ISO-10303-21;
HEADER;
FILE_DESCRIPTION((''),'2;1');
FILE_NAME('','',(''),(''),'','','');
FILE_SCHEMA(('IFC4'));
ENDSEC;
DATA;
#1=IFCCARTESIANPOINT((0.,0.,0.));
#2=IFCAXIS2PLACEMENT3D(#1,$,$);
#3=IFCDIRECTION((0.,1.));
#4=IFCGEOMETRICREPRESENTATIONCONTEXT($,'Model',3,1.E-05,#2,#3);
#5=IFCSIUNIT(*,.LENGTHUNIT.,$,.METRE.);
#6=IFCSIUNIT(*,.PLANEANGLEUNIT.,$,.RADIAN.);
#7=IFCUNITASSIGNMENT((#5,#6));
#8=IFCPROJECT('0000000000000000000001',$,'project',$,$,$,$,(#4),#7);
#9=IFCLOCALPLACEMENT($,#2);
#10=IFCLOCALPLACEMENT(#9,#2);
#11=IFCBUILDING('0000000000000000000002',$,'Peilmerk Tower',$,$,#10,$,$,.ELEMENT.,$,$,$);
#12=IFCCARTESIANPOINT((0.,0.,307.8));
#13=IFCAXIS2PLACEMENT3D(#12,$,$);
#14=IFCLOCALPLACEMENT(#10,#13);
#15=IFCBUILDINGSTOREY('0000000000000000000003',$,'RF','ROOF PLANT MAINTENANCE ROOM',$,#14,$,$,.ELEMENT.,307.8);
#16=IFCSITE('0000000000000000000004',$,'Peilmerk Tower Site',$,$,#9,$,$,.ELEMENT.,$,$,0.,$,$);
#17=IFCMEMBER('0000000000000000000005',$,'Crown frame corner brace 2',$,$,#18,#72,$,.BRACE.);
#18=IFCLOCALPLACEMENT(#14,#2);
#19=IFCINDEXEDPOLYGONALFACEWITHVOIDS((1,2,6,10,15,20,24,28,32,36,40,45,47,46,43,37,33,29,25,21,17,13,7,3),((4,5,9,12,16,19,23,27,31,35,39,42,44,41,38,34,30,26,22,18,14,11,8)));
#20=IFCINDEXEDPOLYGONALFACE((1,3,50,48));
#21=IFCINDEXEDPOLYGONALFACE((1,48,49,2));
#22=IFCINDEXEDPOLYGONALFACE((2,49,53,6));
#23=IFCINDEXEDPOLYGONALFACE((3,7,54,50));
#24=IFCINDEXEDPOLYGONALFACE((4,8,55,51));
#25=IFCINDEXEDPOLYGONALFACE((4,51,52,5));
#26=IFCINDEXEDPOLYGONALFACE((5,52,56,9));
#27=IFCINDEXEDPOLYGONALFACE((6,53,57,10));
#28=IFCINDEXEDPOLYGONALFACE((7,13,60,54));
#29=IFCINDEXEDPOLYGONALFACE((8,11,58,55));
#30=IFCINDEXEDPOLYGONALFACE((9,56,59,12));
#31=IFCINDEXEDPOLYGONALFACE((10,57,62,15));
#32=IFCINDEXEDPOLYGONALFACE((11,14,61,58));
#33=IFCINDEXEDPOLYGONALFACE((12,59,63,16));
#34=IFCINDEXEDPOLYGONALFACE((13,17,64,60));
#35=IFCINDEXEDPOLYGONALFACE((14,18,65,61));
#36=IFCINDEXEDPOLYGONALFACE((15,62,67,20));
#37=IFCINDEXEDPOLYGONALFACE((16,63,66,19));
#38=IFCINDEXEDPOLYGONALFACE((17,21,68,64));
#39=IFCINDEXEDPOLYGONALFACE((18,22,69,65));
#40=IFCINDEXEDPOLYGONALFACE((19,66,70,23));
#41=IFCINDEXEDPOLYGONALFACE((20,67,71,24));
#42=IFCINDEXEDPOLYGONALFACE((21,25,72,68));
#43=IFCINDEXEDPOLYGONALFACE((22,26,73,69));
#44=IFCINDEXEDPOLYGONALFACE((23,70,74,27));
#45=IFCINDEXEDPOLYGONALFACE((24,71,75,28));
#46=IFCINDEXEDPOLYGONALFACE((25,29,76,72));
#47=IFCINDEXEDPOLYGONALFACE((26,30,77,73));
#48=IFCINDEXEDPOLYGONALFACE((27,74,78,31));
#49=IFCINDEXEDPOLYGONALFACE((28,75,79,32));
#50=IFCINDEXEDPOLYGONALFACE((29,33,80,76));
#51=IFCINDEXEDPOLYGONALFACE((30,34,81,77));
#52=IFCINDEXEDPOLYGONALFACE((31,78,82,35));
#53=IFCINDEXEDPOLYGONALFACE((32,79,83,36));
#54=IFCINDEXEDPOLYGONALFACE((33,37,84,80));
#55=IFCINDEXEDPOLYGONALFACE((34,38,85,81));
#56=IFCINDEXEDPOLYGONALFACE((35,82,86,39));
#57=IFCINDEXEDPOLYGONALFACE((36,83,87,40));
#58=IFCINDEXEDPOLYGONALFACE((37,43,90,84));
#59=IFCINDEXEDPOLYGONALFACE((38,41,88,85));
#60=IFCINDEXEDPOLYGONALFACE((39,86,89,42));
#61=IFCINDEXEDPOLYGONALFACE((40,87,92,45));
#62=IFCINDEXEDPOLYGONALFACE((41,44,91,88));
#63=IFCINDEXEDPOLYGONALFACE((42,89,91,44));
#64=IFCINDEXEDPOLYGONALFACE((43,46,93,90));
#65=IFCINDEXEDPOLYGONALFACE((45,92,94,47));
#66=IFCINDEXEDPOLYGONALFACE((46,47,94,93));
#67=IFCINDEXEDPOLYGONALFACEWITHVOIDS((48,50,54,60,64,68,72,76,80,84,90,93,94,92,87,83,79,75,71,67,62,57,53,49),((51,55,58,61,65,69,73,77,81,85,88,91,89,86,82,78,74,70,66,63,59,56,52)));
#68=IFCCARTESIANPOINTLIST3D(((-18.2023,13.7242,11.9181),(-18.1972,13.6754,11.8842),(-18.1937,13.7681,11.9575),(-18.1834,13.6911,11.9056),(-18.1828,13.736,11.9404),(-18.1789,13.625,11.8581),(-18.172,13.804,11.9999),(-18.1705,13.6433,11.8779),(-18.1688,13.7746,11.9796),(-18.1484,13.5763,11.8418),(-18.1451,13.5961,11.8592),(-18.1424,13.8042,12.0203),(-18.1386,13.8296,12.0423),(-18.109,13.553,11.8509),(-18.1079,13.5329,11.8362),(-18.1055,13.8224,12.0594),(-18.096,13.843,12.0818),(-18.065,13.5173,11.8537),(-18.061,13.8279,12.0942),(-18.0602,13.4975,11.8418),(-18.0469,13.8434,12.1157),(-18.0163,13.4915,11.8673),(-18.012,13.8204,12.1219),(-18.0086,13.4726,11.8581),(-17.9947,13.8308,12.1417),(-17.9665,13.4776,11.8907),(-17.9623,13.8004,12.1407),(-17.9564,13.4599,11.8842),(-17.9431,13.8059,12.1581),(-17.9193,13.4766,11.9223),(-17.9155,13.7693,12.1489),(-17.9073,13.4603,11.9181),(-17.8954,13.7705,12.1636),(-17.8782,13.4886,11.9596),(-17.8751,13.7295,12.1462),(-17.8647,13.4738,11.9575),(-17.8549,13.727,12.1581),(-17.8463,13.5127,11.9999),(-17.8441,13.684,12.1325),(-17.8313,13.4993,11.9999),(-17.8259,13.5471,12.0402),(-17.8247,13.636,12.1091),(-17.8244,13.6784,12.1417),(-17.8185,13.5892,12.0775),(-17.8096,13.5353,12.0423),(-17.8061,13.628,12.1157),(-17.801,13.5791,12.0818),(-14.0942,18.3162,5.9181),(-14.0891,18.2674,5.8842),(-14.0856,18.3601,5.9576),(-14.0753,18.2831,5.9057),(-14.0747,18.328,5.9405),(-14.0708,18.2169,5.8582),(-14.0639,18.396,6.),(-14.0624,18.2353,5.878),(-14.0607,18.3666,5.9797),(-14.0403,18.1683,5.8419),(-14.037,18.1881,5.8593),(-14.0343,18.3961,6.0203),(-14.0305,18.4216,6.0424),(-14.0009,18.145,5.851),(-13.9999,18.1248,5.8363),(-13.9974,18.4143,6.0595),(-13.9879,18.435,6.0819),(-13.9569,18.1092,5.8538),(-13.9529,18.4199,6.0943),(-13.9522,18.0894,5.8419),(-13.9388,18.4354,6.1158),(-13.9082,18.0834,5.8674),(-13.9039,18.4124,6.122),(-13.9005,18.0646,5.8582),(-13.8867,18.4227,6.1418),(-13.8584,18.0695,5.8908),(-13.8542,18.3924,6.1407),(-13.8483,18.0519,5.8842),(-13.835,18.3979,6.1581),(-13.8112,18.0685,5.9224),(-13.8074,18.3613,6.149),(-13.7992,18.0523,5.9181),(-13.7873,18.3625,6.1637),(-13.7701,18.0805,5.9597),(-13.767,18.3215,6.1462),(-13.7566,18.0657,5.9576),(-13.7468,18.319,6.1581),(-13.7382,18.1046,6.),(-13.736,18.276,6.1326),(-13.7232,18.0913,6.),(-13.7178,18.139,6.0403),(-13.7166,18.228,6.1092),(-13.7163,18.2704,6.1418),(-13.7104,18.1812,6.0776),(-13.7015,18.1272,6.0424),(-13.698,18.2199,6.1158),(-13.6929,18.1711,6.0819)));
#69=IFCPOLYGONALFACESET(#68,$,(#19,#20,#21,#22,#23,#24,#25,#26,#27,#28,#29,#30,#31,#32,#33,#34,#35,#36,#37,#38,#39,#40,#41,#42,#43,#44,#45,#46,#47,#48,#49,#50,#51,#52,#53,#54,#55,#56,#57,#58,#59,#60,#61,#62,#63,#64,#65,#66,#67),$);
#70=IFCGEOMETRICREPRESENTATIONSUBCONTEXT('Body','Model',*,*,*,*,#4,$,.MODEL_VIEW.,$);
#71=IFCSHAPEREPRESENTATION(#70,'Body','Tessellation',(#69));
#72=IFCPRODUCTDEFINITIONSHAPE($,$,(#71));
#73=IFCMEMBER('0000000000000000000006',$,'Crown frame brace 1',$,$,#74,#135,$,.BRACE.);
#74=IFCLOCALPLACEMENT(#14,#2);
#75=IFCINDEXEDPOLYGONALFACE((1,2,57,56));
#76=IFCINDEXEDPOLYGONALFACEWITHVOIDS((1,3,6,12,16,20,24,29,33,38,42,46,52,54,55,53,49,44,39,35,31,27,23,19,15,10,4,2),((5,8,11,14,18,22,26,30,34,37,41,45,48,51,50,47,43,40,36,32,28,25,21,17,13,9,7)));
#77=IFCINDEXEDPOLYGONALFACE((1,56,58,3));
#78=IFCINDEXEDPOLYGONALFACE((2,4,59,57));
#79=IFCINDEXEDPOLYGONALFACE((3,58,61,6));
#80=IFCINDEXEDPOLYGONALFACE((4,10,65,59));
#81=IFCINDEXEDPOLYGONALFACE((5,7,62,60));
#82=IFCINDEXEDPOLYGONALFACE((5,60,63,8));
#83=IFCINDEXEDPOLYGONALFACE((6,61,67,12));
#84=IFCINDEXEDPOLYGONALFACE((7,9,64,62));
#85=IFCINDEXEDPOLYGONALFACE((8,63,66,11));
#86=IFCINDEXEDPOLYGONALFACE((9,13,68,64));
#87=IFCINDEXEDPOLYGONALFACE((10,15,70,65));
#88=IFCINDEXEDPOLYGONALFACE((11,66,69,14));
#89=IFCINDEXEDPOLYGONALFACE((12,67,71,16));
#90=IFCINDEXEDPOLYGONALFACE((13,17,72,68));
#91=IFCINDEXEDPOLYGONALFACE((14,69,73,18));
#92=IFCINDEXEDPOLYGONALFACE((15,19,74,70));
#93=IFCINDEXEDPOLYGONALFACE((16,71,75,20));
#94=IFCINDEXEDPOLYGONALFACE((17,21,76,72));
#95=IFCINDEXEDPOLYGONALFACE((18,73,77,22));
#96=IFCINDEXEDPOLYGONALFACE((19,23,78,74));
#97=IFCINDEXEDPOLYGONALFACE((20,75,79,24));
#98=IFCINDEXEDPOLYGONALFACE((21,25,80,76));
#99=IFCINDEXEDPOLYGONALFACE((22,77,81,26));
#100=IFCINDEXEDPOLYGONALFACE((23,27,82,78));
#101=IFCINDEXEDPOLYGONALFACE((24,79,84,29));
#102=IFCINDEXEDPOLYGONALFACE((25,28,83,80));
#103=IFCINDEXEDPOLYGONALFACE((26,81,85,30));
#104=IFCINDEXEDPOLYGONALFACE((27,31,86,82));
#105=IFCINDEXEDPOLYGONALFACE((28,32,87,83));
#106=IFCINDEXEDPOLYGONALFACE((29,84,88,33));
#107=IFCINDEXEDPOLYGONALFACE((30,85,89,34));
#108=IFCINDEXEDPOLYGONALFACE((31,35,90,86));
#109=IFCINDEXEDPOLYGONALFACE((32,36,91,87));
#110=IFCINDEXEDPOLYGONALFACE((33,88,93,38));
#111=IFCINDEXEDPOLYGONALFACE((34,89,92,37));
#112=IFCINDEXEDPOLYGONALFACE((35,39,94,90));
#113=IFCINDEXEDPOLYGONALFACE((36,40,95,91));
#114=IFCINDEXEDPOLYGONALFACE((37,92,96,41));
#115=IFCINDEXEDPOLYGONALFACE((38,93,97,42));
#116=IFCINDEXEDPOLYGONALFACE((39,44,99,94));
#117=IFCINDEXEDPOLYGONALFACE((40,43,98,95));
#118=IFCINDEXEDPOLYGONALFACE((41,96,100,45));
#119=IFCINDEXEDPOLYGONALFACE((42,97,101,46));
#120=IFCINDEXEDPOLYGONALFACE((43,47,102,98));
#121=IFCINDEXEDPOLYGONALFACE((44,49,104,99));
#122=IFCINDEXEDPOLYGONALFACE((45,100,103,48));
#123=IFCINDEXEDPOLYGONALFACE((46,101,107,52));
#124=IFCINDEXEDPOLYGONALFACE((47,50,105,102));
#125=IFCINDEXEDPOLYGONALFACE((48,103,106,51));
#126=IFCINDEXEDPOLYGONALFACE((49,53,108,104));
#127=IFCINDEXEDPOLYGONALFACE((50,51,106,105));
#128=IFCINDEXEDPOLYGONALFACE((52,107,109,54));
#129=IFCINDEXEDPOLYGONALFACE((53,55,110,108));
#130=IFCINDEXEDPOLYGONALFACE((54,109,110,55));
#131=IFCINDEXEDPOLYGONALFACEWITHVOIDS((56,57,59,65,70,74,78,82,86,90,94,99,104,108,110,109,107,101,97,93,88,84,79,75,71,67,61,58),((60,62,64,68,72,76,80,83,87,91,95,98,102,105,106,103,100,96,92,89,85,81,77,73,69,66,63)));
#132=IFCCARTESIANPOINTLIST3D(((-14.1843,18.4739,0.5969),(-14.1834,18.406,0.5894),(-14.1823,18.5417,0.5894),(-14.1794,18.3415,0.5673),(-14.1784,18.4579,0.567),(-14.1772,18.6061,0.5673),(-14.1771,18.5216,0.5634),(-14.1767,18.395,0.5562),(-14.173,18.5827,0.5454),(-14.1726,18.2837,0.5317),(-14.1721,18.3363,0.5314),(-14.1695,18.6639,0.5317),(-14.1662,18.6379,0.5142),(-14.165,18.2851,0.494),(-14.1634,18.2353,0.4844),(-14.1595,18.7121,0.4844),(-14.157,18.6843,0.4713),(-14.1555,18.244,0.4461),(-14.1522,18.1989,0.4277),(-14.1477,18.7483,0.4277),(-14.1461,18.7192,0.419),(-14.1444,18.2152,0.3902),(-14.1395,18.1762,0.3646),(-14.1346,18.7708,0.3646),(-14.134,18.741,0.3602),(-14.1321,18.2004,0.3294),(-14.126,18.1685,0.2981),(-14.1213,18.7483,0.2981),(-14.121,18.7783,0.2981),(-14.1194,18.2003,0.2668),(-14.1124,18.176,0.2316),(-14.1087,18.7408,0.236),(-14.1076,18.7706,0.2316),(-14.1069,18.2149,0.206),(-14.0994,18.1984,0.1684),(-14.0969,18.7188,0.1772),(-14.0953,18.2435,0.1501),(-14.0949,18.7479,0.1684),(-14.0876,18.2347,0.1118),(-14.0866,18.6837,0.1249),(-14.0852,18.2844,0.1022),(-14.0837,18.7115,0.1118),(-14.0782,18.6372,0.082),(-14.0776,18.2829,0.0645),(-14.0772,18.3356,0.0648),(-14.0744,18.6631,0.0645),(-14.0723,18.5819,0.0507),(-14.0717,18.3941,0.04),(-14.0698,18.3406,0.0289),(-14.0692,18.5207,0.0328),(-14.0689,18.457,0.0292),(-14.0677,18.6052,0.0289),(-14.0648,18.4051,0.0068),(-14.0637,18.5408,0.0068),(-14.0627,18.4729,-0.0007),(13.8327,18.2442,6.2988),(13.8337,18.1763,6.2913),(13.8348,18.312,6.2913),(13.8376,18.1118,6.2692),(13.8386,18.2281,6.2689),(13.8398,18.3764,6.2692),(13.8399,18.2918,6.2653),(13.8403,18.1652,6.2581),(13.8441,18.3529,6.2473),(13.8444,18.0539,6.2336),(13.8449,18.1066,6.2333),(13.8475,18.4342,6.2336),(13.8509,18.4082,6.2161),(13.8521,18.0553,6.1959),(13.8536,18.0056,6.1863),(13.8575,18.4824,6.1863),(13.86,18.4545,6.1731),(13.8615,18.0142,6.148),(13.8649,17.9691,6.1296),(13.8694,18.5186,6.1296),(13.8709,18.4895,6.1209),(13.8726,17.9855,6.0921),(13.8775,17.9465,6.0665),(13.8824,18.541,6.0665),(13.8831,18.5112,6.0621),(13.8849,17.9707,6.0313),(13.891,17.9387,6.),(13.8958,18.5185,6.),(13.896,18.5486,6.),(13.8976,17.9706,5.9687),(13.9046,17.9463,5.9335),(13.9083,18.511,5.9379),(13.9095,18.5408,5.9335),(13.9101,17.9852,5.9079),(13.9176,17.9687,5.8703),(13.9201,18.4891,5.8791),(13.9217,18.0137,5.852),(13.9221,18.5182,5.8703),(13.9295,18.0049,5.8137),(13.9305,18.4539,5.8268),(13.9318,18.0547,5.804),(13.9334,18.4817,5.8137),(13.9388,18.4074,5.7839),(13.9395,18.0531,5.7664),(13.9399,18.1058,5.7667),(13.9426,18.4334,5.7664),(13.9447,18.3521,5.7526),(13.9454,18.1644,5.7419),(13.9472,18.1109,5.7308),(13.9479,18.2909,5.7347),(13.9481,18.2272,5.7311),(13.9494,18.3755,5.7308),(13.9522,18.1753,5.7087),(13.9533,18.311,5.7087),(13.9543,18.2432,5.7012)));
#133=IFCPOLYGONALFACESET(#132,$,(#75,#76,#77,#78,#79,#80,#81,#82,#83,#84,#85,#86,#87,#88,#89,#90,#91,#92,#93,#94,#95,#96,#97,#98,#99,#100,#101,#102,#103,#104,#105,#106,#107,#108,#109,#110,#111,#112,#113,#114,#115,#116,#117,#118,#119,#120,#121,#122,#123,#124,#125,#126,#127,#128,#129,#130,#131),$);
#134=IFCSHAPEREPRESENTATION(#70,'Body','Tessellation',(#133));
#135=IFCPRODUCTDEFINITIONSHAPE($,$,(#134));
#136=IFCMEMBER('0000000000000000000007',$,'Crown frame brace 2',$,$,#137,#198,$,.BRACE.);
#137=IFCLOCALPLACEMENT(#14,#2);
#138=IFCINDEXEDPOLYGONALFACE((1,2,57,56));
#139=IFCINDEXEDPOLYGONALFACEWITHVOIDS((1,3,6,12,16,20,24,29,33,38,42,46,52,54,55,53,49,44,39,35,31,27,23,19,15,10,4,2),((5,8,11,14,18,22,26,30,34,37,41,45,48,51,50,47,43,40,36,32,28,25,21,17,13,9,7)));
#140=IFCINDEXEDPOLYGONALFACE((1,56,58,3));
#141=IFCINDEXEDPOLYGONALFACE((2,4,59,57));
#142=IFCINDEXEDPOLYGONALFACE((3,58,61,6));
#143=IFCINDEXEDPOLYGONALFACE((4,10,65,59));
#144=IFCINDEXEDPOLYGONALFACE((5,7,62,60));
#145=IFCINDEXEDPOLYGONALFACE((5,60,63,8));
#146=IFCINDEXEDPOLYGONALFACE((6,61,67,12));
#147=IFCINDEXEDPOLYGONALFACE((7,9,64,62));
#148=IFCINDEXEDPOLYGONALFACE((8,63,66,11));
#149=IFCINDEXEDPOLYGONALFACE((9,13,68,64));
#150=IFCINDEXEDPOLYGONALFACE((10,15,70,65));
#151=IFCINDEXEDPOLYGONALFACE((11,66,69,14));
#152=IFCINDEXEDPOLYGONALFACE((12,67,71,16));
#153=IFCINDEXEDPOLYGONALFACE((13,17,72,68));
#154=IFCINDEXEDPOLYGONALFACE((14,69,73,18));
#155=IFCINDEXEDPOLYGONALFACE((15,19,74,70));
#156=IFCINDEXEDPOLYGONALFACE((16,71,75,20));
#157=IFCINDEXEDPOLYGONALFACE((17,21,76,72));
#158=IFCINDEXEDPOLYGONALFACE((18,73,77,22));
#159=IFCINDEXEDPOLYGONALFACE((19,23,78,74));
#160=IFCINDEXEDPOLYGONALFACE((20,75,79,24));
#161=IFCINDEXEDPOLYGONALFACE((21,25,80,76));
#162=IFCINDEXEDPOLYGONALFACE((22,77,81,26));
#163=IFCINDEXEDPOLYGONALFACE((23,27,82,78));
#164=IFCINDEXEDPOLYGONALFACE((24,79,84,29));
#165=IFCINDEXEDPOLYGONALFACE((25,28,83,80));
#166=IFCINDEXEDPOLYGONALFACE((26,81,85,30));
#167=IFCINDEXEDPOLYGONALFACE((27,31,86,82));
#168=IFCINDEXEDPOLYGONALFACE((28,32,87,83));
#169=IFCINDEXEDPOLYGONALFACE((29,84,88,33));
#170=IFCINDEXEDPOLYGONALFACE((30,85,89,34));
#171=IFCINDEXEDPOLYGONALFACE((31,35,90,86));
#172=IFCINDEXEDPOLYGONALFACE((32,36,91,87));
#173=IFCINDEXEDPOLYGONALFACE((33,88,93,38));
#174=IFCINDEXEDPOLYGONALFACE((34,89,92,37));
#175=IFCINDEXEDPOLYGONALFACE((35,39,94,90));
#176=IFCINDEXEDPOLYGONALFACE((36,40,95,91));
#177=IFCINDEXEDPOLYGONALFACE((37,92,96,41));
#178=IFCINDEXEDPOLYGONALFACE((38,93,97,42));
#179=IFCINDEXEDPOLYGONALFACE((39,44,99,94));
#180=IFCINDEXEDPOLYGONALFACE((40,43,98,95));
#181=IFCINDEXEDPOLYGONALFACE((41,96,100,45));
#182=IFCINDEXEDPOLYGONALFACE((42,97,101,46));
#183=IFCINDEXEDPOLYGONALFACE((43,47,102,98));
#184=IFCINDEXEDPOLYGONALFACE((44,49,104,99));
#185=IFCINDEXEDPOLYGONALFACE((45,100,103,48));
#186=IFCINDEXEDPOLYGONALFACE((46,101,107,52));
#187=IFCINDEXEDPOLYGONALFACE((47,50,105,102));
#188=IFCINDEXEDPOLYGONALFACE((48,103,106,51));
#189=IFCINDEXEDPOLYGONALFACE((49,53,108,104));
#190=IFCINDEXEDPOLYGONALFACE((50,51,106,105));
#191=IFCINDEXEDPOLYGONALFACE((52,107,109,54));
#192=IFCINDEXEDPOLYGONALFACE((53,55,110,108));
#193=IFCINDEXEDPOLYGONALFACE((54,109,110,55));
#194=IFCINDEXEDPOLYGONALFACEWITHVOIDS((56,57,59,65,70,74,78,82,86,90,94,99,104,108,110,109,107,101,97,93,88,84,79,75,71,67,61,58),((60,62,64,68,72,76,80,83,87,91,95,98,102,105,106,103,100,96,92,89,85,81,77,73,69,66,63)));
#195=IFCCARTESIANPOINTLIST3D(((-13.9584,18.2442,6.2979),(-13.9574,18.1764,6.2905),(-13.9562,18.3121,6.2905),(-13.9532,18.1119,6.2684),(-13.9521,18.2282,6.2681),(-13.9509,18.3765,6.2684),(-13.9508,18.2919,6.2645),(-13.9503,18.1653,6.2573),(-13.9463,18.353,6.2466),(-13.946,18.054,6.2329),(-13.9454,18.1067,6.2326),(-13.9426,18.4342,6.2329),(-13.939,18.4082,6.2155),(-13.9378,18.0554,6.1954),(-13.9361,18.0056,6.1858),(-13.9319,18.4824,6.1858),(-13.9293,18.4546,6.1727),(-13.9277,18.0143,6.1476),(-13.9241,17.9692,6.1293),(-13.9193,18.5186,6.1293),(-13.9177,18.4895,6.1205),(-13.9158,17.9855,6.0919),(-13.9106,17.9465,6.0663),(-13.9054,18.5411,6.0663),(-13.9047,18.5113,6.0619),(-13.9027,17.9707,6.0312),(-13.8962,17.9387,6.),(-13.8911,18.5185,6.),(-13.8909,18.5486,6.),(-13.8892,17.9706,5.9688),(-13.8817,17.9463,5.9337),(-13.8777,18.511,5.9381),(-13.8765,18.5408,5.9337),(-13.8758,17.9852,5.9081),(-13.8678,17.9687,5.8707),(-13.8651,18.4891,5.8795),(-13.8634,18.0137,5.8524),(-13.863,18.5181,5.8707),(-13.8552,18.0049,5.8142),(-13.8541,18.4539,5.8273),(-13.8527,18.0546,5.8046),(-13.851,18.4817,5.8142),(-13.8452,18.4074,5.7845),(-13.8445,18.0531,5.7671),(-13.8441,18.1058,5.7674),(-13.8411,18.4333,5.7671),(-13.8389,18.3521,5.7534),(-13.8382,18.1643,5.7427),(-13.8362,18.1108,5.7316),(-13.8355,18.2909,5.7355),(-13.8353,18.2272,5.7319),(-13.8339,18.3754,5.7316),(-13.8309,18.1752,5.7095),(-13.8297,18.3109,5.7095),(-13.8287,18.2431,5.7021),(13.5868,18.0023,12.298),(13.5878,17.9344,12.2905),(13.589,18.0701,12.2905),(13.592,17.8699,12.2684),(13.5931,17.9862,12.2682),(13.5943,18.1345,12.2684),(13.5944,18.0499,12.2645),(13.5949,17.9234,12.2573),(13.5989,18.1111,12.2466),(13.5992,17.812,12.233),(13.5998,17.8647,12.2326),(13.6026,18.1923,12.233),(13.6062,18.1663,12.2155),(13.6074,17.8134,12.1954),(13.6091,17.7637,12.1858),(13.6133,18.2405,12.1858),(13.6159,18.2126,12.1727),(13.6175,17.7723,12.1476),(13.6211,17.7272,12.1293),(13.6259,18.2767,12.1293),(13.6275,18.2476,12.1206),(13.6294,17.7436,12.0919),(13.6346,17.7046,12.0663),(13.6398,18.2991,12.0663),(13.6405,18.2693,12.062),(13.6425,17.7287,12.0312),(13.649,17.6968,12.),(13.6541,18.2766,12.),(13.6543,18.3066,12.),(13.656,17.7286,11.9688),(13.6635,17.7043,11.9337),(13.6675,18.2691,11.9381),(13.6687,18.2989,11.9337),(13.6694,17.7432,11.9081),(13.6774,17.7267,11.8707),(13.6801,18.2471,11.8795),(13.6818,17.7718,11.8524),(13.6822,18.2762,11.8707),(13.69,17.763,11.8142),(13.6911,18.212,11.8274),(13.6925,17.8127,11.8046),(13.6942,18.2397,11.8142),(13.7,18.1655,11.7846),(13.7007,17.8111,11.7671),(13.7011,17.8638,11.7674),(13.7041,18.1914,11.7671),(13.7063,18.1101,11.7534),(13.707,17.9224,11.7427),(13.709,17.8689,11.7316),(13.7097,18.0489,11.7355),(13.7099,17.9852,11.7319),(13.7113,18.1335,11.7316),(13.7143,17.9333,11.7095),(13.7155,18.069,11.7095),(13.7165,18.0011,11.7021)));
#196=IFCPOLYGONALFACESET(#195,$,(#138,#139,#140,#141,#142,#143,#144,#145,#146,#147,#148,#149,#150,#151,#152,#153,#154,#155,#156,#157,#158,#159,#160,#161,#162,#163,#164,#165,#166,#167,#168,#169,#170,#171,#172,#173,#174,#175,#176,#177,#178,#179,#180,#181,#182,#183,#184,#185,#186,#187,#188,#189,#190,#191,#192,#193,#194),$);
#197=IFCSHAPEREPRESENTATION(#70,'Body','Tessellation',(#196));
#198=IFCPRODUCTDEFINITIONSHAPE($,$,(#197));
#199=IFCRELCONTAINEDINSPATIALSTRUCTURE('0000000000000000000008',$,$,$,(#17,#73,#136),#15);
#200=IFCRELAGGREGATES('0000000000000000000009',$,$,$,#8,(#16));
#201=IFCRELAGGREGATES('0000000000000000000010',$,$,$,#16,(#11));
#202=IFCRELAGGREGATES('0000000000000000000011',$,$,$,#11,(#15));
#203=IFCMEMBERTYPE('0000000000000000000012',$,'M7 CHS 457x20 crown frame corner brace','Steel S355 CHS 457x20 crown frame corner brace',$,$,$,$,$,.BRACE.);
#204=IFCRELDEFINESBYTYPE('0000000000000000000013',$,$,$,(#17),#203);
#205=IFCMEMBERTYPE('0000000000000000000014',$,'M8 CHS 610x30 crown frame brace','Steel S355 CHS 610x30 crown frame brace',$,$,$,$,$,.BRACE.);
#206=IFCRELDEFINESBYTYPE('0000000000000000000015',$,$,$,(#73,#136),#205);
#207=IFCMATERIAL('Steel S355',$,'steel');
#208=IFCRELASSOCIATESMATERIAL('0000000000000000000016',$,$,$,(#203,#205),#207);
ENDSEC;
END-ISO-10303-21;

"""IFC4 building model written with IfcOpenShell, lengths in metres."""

from ifc_helpers import new_model, si_unit, direction, frame, origin, origin_2d, place, context, subcontext, project, spatial, hollow_circle, extrude, material, material_profile, profile_set, type_object, element, save


model = new_model("IFC4")

# Units and contexts
model_context = context("Model", 3, precision=1e-05, world=origin(), true_north=direction((0.0, 1.0)))
body_context = subcontext(model_context, "Body", "Model", "MODEL_VIEW")
ifc_project = project(units=[si_unit("LENGTHUNIT", "METRE"), si_unit("PLANEANGLEUNIT", "RADIAN")], contexts=[model_context])

# Site, building, storey
site_placement = place(None, origin())
site = spatial("IfcSite", under=ifc_project, at=site_placement, Name="Peilmerk Tower Site", CompositionType="ELEMENT", RefElevation=0.0)
building_placement = place(site_placement, origin())
building = spatial("IfcBuilding", under=site, at=building_placement, Name="Peilmerk Tower", CompositionType="ELEMENT")
storey_placement = place(building_placement, frame((0.0, 0.0, 307.8)))
storey = spatial("IfcBuildingStorey", under=building, at=storey_placement, Name="RF", Description="ROOF PLANT MAINTENANCE ROOM", CompositionType="ELEMENT", Elevation=307.8)

# Shared definitions
ifc_material_1 = material(Name="Steel S355", Category="steel")

# Members
ifc_material_profile_1 = material_profile(ifc_material_1, hollow_circle(Radius=0.2285, WallThickness=0.02, at=origin_2d()), Name="CHS 457x20")
ifc_profile_set_1 = profile_set([ifc_material_profile_1], Name="Steel S355")
member_type_1 = type_object("IfcMemberType", Name="M7 CHS 457x20 crown frame corner brace", Description="Steel S355 CHS 457x20 crown frame corner brace", PredefinedType="BRACE", material=ifc_profile_set_1)
member_1_placement = place(storey_placement, frame((-13.8936, 18.2437, 6.0), z_axis=(-0.47768, -0.533945, 0.697657), x_axis=(0.745283, -0.666749, 0.0)))
element("IfcMember", 1, at=member_1_placement, inside=storey, type_object=member_type_1, Name="Crown frame corner brace 2", PredefinedType="BRACE", context=body_context, shape_type="SweptSolid", body=[
    extrude(hollow_circle(Radius=0.2285, WallThickness=0.02, at=origin_2d()), origin(), (0.0, 0.0, 1.0), 8.6001),
])
ifc_material_profile_2 = material_profile(ifc_material_1, hollow_circle(Radius=0.3049, WallThickness=0.03, at=origin_2d()), Name="CHS 610x30")
ifc_profile_set_2 = profile_set([ifc_material_profile_2], Name="Steel S355")
member_type_2 = type_object("IfcMemberType", Name="M8 CHS 610x30 crown frame brace", Description="Steel S355 CHS 610x30 crown frame brace", PredefinedType="BRACE", material=ifc_profile_set_2)
member_2_placement = place(storey_placement, frame((-14.1235, 18.4734, 0.2981), z_axis=(0.979881, -0.008035, 0.199421), x_axis=(0.0082, 0.999966, 0.0)))
element("IfcMember", 2, at=member_2_placement, inside=storey, type_object=member_type_2, Name="Crown frame brace 1", PredefinedType="BRACE", context=body_context, shape_type="SweptSolid", body=[
    extrude(hollow_circle(Radius=0.3049, WallThickness=0.03, at=origin_2d()), origin(), (0.0, 0.0, 1.0), 28.5923),
])
member_3_placement = place(storey_placement, frame((-13.8936, 18.2437, 6.0), z_axis=(0.977053, -0.008582, 0.212826), x_axis=(0.008783, 0.999961, 0.0)))
element("IfcMember", 3, at=member_3_placement, inside=storey, type_object=member_type_2, Name="Crown frame brace 2", PredefinedType="BRACE", context=body_context, shape_type="SweptSolid", body=[
    extrude(hollow_circle(Radius=0.3049, WallThickness=0.03, at=origin_2d()), origin(), (0.0, 0.0, 1.0), 28.1921),
])

save(model, "model.ifc")
